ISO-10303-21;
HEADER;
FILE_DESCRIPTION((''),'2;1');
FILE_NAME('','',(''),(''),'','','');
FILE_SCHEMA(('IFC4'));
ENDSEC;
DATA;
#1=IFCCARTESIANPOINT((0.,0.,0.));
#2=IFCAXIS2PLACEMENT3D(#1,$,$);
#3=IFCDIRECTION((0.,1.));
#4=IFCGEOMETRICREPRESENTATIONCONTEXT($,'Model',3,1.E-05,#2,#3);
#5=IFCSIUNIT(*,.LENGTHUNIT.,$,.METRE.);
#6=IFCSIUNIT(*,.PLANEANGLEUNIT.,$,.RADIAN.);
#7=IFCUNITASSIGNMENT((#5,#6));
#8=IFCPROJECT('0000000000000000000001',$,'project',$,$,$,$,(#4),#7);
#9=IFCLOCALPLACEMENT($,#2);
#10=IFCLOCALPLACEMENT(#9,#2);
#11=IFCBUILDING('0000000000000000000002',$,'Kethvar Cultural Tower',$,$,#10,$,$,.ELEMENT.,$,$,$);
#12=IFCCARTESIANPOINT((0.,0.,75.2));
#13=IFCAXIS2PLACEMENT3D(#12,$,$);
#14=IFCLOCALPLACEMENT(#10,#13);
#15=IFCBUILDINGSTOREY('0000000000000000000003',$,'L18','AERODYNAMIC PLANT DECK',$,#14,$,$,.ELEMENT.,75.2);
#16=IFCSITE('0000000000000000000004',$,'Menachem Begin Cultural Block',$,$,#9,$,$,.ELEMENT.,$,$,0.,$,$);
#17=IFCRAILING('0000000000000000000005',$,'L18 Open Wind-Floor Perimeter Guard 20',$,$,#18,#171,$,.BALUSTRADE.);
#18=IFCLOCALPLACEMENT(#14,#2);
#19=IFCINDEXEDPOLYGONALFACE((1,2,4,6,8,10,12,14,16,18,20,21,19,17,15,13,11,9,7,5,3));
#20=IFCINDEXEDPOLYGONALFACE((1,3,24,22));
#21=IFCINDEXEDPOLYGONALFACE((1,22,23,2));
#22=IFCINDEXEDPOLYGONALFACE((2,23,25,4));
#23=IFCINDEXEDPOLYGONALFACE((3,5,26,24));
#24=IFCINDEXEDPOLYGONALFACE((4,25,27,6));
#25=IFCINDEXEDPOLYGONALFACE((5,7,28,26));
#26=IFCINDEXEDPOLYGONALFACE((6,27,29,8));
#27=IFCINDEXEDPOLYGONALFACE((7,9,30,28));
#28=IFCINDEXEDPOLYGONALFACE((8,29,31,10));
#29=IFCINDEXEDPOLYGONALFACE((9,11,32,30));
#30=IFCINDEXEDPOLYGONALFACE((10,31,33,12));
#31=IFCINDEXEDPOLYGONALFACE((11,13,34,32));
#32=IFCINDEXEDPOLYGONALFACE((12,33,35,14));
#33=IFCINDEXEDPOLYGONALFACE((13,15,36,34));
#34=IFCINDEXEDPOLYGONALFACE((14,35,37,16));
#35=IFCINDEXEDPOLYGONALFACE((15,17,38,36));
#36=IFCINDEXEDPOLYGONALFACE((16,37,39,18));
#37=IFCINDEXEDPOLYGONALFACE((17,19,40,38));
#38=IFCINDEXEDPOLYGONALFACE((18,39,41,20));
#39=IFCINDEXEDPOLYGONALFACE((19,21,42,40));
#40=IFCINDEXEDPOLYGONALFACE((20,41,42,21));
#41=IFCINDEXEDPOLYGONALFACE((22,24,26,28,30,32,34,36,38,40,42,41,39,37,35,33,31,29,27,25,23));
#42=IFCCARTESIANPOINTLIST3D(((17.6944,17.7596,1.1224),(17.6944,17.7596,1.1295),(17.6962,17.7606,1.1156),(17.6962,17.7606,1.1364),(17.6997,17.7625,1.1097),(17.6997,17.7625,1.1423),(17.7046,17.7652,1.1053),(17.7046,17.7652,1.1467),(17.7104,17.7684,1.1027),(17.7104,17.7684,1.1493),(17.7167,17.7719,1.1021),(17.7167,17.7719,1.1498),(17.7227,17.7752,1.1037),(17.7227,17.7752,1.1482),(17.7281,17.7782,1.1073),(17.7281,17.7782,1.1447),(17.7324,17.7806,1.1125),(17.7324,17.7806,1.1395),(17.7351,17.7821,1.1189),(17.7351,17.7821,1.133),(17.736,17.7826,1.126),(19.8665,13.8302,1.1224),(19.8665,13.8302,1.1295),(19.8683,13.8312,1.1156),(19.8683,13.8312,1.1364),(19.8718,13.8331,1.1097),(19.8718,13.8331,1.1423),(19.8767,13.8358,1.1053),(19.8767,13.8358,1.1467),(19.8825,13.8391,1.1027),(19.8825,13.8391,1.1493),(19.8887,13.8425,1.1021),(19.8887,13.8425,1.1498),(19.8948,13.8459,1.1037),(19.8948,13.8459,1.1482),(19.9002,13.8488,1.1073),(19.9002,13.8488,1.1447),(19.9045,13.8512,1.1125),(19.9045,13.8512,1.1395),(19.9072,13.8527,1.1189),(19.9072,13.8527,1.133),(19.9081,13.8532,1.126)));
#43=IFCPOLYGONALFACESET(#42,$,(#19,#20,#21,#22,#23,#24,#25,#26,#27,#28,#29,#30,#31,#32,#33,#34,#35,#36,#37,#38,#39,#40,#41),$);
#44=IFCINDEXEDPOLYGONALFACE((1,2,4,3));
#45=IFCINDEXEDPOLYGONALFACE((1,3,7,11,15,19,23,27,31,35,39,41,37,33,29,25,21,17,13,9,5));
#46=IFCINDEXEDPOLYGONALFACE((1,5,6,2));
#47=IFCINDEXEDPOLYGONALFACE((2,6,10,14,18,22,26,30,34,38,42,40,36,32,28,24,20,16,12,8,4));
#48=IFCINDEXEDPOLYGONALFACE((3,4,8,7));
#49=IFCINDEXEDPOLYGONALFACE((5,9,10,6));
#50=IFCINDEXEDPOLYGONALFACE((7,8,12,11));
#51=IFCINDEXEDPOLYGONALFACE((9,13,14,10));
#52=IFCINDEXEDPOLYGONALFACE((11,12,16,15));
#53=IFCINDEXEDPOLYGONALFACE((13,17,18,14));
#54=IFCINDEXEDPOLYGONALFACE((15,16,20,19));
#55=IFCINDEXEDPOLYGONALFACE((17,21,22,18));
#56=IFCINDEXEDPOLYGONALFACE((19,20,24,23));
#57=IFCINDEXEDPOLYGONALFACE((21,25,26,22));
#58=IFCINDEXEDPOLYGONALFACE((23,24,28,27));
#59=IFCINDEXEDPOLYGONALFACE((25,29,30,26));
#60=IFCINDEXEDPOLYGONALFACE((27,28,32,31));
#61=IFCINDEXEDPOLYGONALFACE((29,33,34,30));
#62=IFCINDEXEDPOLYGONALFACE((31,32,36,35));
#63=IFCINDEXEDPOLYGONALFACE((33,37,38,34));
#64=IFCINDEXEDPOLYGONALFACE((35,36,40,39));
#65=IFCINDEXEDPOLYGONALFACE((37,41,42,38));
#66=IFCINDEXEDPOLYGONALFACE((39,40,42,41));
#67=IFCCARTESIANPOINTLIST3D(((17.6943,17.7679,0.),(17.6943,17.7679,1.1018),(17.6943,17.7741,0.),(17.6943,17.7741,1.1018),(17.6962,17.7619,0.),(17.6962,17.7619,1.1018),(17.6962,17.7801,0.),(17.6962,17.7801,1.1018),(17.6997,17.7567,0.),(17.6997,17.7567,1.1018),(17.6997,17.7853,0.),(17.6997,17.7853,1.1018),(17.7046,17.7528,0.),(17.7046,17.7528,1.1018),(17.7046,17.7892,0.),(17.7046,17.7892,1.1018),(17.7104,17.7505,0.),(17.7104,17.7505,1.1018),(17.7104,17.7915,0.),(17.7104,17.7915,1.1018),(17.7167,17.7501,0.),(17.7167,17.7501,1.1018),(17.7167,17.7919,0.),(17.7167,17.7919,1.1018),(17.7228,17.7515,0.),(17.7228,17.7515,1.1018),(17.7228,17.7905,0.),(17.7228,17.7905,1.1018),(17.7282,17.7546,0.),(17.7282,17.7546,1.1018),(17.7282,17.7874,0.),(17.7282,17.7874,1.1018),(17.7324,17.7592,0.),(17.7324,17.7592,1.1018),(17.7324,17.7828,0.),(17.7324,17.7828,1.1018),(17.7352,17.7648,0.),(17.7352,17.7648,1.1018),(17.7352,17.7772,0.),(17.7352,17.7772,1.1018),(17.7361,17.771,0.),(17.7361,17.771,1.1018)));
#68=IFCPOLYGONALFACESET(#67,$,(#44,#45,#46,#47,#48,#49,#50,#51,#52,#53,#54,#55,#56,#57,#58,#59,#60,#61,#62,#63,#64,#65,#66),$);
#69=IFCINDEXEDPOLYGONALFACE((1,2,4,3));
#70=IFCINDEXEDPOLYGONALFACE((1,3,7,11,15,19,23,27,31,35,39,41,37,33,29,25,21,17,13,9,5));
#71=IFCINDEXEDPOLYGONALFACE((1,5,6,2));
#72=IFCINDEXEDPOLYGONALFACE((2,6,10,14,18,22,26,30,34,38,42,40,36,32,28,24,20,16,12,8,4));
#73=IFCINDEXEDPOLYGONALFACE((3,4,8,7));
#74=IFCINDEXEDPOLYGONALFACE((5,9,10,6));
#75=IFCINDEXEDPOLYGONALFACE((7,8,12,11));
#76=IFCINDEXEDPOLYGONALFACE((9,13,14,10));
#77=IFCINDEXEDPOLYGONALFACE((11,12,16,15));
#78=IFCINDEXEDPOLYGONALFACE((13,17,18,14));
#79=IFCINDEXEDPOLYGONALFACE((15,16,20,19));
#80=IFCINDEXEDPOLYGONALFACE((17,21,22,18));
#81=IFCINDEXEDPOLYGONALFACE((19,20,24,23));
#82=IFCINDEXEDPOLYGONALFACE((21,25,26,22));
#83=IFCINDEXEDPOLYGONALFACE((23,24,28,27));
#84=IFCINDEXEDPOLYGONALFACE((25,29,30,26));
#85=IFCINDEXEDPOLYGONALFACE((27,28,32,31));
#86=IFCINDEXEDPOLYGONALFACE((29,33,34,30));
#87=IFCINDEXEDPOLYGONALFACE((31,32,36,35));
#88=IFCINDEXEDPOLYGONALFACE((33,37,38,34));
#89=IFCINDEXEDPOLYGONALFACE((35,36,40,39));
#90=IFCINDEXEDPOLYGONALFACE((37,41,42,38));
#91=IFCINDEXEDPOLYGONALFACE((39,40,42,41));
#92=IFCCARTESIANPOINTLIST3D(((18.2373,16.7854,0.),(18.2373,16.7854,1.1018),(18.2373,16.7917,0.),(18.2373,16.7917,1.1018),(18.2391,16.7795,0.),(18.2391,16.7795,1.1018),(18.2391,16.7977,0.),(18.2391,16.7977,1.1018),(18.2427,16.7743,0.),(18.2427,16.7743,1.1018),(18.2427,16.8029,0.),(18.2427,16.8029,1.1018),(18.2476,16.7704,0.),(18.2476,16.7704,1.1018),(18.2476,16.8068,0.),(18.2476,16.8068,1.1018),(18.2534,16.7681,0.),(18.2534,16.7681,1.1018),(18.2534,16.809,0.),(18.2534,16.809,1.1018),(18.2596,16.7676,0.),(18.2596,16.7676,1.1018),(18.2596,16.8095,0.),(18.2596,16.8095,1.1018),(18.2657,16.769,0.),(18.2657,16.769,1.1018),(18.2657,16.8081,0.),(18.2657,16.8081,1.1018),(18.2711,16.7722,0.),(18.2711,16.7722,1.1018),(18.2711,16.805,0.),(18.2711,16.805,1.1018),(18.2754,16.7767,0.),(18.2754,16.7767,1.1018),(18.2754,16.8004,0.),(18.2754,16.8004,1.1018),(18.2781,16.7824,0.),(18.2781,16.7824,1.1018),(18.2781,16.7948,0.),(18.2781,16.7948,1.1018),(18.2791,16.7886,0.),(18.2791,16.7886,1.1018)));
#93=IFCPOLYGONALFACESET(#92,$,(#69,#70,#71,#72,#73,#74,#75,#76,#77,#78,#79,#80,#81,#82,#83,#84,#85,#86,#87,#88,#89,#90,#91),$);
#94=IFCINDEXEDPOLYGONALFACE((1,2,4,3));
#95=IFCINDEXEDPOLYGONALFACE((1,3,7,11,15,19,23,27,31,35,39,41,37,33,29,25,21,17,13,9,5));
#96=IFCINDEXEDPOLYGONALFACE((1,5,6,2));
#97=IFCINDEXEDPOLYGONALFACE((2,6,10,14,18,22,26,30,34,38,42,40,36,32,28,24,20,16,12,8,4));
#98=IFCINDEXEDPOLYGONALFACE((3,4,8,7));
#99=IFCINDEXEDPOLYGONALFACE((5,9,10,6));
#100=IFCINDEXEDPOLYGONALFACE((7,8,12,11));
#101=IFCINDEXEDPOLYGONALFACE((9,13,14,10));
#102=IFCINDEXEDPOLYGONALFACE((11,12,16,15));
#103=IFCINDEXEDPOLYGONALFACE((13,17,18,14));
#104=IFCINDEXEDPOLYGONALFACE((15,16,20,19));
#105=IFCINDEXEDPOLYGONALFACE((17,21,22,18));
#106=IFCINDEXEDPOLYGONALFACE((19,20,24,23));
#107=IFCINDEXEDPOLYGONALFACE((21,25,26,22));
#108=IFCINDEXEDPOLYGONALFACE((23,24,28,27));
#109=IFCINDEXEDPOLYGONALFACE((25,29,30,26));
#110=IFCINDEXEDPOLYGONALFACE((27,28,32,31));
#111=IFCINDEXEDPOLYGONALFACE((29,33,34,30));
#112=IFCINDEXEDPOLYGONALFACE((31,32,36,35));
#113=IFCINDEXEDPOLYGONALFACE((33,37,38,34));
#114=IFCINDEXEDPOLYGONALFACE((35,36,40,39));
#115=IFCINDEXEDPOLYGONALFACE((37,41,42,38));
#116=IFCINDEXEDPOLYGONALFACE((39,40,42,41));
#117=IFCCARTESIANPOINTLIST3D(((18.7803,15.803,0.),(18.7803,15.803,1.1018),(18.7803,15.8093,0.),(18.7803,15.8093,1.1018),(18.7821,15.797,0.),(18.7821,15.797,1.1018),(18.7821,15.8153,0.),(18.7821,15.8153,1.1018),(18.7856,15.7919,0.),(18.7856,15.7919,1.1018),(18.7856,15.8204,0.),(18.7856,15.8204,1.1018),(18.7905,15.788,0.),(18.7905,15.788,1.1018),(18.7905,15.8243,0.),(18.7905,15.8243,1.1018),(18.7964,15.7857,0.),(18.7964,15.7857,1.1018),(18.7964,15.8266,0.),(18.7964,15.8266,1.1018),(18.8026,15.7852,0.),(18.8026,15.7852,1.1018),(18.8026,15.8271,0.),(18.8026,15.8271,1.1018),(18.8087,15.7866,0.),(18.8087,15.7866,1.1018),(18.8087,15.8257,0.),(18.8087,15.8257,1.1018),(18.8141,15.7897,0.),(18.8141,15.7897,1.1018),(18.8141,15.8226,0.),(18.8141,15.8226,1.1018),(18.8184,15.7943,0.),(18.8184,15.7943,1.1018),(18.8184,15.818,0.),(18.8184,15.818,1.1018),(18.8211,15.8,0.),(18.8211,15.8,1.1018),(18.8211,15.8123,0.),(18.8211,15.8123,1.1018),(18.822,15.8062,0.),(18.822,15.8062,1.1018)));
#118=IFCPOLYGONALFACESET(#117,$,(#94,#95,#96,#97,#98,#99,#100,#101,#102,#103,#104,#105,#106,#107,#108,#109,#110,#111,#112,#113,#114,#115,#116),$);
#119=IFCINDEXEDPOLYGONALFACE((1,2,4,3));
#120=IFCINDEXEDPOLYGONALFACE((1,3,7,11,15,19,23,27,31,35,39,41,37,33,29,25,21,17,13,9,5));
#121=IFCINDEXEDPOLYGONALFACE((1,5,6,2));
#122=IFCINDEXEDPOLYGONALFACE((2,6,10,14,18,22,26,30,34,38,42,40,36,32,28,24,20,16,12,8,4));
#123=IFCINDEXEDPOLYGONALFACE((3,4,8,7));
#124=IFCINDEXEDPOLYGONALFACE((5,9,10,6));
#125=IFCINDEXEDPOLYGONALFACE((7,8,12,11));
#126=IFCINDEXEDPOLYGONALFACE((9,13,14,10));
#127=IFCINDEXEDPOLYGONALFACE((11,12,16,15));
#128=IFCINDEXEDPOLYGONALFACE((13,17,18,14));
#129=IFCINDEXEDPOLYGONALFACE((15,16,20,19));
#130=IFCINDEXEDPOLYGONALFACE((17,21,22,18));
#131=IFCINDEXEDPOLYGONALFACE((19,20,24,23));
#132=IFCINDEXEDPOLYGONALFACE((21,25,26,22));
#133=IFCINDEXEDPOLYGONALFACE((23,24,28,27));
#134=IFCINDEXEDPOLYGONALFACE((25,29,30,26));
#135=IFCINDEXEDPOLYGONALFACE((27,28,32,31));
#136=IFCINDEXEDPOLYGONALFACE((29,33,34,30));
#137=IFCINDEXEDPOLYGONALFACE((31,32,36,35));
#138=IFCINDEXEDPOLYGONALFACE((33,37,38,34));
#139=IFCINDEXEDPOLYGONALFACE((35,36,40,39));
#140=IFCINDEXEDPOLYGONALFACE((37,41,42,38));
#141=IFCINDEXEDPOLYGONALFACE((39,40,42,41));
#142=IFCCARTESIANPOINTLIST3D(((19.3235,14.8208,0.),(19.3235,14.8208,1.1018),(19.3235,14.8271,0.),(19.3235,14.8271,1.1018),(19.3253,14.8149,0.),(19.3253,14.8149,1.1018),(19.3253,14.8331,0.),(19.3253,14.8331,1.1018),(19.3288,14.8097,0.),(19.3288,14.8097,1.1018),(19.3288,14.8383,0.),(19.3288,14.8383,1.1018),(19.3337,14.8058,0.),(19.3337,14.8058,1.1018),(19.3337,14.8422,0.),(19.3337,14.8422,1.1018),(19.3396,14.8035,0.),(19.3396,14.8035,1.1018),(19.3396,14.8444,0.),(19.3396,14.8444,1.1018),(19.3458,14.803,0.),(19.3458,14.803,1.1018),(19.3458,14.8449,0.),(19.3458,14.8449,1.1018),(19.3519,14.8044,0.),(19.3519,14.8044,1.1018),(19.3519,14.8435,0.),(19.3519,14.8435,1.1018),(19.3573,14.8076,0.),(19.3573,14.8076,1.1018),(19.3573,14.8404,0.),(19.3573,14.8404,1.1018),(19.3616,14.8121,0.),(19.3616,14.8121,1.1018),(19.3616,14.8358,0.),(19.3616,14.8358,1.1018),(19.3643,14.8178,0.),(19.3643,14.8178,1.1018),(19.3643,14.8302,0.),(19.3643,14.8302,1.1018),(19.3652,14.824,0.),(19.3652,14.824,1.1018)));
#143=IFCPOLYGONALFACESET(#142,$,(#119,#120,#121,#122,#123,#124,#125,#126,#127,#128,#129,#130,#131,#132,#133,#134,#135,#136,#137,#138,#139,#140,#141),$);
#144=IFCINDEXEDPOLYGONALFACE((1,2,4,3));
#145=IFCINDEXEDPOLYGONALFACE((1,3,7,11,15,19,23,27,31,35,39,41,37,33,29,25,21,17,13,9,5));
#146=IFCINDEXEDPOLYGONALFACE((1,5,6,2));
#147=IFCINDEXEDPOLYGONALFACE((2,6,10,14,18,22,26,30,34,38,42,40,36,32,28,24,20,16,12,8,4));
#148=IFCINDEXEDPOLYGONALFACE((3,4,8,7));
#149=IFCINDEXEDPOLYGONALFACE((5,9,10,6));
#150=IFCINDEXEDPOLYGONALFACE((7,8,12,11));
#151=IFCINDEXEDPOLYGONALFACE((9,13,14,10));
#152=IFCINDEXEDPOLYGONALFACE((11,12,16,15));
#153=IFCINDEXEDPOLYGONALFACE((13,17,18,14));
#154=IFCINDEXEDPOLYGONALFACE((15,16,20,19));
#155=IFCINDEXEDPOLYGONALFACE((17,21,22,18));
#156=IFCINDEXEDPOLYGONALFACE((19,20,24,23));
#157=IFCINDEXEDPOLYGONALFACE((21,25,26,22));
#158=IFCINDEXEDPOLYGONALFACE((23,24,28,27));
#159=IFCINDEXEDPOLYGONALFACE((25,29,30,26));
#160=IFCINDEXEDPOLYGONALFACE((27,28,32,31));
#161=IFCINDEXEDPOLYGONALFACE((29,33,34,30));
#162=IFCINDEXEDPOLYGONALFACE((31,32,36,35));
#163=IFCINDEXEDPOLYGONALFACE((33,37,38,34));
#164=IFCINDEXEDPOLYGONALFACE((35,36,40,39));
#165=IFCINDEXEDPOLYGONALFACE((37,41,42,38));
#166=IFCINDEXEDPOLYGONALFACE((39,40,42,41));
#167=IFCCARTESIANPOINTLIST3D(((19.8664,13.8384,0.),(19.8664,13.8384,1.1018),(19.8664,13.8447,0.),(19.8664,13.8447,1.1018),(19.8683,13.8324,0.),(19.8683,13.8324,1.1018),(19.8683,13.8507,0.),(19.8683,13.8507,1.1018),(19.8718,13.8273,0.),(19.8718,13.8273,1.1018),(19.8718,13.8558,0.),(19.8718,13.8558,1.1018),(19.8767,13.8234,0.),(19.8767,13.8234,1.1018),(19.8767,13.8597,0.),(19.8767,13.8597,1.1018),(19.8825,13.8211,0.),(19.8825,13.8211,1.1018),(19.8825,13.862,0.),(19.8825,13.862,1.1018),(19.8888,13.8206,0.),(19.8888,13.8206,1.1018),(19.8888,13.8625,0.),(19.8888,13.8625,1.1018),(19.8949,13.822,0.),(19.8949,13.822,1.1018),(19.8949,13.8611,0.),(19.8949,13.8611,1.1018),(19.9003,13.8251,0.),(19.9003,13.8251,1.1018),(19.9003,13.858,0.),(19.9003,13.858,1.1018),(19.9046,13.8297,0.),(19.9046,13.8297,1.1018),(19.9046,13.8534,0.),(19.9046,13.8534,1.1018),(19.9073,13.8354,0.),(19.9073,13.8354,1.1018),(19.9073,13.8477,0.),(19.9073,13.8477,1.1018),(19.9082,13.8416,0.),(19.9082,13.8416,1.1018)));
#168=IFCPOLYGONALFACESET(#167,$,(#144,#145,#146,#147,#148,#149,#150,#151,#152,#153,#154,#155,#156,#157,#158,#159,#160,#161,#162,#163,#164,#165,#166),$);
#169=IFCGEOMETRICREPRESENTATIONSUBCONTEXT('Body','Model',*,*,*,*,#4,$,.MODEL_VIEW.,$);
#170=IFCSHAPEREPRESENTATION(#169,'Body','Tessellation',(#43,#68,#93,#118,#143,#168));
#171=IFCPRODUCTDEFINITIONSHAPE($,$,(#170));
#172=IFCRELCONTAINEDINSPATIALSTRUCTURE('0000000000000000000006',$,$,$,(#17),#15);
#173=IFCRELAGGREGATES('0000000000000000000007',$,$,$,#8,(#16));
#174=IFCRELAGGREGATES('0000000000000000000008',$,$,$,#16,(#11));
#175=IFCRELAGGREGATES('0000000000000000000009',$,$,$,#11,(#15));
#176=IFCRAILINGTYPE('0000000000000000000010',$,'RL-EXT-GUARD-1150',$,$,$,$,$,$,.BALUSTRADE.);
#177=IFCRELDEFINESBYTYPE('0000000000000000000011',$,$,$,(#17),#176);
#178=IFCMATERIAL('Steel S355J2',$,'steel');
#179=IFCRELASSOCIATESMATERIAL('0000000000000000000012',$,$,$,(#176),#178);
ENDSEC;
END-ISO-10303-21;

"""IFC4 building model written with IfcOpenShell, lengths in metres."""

from ifc_helpers import new_model, si_unit, direction, frame, origin, origin_2d, place, context, subcontext, project, spatial, circle, extrude, material, type_object, element, save


model = new_model("IFC4")

# Units and contexts
model_context = context("Model", 3, precision=1e-05, world=origin(), true_north=direction((0.0, 1.0)))
body_context = subcontext(model_context, "Body", "Model", "MODEL_VIEW")
ifc_project = project(units=[si_unit("LENGTHUNIT", "METRE"), si_unit("PLANEANGLEUNIT", "RADIAN")], contexts=[model_context])

# Site, building, storey
site_placement = place(None, origin())
site = spatial("IfcSite", under=ifc_project, at=site_placement, Name="Menachem Begin Cultural Block", CompositionType="ELEMENT", RefElevation=0.0)
building_placement = place(site_placement, origin())
building = spatial("IfcBuilding", under=site, at=building_placement, Name="Kethvar Cultural Tower", CompositionType="ELEMENT")
storey_placement = place(building_placement, frame((0.0, 0.0, 75.2)))
storey = spatial("IfcBuildingStorey", under=building, at=storey_placement, Name="L18", Description="AERODYNAMIC PLANT DECK", CompositionType="ELEMENT", Elevation=75.2)

# Shared definitions
ifc_material_1 = material(Name="Steel S355J2", Category="steel")

# Railing
railing_type = type_object("IfcRailingType", Name="RL-EXT-GUARD-1150", PredefinedType="BALUSTRADE", material=ifc_material_1)
railing_1_placement = place(storey_placement, frame((17.7151, 17.771, 0.0)))
element("IfcRailing", 1, at=railing_1_placement, inside=storey, type_object=railing_type, Name="L18 Open Wind-Floor Perimeter Guard 20", PredefinedType="BALUSTRADE", context=body_context, shape_type="SweptSolid", body=[
    extrude(circle(Radius=0.0239, at=origin_2d()), frame((0.0, 0.0, 1.126), z_axis=(0.483786, -0.875186, 0.0), x_axis=(0.875186, 0.483786, 0.0)), (0.0, 0.0, 1.0), 4.4897),
    extrude(circle(Radius=0.021, at=origin_2d()), origin(), (0.0, 0.0, 1.0), 1.1018),
    extrude(circle(Radius=0.021, at=origin_2d()), frame((0.543, -0.9824, 0.0)), (0.0, 0.0, 1.0), 1.1018),
    extrude(circle(Radius=0.021, at=origin_2d()), frame((1.0859, -1.9648, 0.0)), (0.0, 0.0, 1.0), 1.1018),
    extrude(circle(Radius=0.021, at=origin_2d()), frame((1.6292, -2.947, 0.0)), (0.0, 0.0, 1.0), 1.1018),
    extrude(circle(Radius=0.021, at=origin_2d()), frame((2.1721, -3.9294, 0.0)), (0.0, 0.0, 1.0), 1.1018),
])

save(model, "model.ifc")
